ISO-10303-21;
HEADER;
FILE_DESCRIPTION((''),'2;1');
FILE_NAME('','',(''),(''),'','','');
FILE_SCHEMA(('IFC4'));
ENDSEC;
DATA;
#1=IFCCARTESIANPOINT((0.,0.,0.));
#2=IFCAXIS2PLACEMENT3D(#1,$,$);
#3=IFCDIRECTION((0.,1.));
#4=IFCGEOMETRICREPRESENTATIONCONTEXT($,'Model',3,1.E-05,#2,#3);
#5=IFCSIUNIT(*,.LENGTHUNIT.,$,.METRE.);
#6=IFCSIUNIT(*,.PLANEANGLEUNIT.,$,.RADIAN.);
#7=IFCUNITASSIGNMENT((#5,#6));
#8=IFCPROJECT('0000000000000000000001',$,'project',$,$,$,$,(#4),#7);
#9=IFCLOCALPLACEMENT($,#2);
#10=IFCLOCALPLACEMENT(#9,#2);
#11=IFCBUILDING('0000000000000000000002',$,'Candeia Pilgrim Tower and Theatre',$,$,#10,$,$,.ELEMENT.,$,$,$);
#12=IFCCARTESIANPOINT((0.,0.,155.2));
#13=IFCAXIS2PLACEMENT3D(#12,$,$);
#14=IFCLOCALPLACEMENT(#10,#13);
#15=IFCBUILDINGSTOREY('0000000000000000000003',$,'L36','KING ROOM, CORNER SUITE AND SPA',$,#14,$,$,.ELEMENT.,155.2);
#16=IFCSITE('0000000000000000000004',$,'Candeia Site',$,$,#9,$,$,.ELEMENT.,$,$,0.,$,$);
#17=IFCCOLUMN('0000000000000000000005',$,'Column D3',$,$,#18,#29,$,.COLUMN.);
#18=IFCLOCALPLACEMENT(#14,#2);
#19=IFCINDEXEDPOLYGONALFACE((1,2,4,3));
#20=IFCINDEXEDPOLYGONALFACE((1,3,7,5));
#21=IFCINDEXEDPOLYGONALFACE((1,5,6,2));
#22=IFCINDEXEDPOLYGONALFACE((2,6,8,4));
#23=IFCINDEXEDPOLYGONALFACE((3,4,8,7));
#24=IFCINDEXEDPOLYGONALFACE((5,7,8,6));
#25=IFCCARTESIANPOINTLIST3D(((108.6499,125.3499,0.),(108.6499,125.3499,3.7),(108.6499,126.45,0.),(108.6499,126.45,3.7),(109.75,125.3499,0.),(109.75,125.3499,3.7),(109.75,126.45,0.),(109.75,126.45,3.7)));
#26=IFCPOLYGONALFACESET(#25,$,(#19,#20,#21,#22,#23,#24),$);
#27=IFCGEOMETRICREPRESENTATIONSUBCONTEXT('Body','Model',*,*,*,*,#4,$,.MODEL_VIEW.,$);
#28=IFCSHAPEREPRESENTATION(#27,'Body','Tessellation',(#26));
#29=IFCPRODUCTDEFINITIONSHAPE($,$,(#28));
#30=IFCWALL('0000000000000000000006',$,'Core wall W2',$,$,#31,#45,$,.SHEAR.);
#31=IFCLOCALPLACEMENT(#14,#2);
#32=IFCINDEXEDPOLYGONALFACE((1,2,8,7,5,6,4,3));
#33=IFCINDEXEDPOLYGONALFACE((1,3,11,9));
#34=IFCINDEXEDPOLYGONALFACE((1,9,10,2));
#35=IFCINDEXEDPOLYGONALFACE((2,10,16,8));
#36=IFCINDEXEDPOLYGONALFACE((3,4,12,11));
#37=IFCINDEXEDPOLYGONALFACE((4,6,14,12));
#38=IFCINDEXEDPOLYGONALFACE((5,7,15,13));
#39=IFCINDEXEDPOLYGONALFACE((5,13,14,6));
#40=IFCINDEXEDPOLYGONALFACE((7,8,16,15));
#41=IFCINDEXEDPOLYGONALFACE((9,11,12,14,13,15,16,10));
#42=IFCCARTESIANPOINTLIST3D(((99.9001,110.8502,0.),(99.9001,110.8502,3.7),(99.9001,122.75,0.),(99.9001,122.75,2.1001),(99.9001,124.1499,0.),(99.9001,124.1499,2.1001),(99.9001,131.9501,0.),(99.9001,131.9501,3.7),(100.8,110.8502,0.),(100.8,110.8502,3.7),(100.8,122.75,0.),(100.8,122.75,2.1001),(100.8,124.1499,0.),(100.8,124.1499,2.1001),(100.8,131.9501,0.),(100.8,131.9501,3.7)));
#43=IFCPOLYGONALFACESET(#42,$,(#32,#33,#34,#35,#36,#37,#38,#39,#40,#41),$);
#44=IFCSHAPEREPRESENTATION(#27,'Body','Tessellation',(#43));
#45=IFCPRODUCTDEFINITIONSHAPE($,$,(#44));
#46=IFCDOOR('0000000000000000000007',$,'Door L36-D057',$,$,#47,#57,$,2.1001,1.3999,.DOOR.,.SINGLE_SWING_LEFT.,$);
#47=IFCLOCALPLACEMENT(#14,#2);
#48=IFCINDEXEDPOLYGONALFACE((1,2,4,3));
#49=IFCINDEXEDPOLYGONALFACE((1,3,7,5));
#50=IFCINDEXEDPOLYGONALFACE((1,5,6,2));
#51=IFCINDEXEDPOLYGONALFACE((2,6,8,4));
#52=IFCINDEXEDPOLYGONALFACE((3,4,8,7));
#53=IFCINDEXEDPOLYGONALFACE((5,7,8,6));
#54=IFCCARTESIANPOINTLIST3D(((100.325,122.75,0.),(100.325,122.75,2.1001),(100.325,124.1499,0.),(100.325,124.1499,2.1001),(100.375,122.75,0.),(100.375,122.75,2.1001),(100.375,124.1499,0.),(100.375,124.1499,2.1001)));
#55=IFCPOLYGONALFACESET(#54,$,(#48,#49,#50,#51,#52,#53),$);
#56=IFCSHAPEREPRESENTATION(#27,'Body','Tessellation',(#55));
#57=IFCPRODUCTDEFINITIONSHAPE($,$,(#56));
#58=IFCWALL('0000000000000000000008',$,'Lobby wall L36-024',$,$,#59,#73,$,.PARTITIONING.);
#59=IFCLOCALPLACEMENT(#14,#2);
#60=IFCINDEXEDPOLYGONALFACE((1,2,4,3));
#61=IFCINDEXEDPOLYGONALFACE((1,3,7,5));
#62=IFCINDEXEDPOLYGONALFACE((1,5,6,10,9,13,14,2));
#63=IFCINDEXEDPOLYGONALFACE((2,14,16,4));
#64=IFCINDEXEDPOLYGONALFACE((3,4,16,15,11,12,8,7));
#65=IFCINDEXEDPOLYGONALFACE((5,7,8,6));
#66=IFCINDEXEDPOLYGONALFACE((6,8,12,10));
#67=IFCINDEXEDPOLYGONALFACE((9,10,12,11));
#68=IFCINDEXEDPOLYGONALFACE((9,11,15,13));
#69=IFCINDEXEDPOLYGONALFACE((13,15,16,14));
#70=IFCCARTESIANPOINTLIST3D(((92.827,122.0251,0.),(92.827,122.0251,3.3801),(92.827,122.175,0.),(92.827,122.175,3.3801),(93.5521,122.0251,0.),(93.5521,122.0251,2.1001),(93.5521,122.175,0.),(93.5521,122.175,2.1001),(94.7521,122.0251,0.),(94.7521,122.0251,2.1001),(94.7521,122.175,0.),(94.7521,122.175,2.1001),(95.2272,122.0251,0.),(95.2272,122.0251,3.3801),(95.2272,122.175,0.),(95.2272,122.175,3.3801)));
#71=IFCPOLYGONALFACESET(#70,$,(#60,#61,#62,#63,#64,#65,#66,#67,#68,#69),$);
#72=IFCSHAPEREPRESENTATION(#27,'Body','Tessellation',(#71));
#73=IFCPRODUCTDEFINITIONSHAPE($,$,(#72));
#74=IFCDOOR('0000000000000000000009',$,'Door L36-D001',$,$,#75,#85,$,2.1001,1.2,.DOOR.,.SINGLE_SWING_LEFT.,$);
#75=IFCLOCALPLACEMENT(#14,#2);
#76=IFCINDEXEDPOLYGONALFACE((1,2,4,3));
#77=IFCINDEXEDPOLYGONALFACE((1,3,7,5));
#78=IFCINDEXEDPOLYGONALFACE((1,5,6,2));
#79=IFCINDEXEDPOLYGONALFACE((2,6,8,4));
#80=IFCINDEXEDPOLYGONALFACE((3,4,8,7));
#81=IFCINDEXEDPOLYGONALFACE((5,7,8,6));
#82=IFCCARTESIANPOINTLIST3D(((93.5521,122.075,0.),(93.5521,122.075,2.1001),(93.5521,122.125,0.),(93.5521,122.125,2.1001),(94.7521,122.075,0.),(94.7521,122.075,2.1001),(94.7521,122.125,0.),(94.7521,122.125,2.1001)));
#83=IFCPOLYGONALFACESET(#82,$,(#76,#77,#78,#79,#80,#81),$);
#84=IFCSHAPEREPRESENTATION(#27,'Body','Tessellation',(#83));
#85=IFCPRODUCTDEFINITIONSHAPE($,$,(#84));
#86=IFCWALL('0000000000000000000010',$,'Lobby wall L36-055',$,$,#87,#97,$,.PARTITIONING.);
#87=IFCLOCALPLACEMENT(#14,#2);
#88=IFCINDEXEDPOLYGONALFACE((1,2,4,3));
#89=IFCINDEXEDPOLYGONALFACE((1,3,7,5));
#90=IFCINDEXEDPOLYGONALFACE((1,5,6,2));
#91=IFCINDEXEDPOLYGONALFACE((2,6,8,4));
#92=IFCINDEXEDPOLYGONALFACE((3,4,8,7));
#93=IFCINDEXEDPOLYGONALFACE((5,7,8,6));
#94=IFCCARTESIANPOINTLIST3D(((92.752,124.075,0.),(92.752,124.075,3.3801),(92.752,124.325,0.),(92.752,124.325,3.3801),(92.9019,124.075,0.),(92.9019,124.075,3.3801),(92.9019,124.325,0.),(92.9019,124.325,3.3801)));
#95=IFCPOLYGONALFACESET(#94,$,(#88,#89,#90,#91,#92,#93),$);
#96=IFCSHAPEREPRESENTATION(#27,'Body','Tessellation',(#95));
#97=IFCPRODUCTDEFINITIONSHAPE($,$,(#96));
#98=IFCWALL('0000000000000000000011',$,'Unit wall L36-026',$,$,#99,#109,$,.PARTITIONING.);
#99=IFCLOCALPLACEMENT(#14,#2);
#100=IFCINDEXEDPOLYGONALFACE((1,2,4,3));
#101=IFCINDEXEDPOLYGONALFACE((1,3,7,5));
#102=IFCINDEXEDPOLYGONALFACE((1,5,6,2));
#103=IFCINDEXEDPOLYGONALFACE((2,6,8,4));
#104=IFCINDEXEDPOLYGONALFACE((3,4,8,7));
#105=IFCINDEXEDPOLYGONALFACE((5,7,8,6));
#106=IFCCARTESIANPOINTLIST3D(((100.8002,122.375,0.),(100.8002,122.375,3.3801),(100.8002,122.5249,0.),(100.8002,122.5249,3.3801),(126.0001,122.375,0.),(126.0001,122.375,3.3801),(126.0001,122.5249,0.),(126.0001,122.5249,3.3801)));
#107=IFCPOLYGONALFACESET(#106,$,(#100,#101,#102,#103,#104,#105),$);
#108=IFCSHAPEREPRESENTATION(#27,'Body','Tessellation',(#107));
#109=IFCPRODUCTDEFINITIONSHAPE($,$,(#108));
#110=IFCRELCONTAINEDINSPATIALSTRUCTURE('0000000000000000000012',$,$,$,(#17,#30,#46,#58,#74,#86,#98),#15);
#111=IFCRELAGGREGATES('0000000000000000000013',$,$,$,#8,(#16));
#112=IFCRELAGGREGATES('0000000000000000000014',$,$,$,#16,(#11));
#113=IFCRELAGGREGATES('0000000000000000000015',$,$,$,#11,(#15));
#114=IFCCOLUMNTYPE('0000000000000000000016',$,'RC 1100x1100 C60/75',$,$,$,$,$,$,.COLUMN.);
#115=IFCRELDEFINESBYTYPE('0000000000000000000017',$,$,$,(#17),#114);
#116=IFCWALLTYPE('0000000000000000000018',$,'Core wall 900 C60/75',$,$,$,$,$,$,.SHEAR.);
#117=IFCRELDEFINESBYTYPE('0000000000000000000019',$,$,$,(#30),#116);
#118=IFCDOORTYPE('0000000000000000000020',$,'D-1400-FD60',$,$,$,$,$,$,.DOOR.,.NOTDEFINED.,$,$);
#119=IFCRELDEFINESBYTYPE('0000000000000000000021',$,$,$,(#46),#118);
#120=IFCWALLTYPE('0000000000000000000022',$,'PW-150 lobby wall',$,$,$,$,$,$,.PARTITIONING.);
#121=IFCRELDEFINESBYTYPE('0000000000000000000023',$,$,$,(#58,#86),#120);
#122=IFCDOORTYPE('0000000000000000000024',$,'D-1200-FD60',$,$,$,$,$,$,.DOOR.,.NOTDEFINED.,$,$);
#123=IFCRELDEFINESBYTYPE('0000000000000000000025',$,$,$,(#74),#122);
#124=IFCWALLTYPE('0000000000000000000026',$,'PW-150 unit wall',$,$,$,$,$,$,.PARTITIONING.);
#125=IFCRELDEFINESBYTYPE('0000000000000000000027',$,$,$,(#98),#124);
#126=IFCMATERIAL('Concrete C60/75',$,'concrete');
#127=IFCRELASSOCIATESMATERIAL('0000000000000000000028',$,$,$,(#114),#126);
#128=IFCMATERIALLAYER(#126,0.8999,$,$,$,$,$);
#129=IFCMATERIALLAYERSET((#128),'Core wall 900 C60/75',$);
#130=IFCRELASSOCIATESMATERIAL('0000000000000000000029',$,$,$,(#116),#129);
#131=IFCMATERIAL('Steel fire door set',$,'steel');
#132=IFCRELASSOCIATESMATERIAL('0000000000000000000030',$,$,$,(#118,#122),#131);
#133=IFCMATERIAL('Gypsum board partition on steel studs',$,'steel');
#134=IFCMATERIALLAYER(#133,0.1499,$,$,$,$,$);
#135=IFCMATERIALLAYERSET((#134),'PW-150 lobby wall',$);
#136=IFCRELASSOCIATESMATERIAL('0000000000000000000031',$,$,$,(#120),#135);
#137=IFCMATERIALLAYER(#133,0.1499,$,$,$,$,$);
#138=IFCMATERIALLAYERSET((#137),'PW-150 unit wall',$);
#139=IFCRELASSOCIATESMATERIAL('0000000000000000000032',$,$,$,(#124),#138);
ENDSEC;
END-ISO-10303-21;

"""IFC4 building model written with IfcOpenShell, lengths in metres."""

from ifc_helpers import new_model, si_unit, direction, frame, frame_2d, origin, origin_2d, place, context, subcontext, project, spatial, rectangle, extrude, material, layer, layer_set, material_profile, profile_set, type_object, element, fill, save


model = new_model("IFC4")

# Units and contexts
model_context = context("Model", 3, precision=1e-05, world=origin(), true_north=direction((0.0, 1.0)))
body_context = subcontext(model_context, "Body", "Model", "MODEL_VIEW")
ifc_project = project(units=[si_unit("LENGTHUNIT", "METRE"), si_unit("PLANEANGLEUNIT", "RADIAN")], contexts=[model_context])

# Site, building, storey
site_placement = place(None, origin())
site = spatial("IfcSite", under=ifc_project, at=site_placement, Name="Candeia Site", CompositionType="ELEMENT", RefElevation=0.0)
building_placement = place(site_placement, origin())
building = spatial("IfcBuilding", under=site, at=building_placement, Name="Candeia Pilgrim Tower and Theatre", CompositionType="ELEMENT")
storey_placement = place(building_placement, frame((0.0, 0.0, 155.2)))
storey = spatial("IfcBuildingStorey", under=building, at=storey_placement, Name="L36", Description="KING ROOM, CORNER SUITE AND SPA", CompositionType="ELEMENT", Elevation=155.2)

# Column
ifc_material_1 = material(Name="Concrete C60/75", Category="concrete")
ifc_material_profile = material_profile(ifc_material_1, rectangle(XDim=1.1001, YDim=1.1001, at=origin_2d()))
ifc_profile_set = profile_set([ifc_material_profile], Name="Concrete C60/75")
column_type = type_object("IfcColumnType", Name="RC 1100x1100 C60/75", PredefinedType="COLUMN", material=ifc_profile_set)
column_placement = place(storey_placement, frame((109.2, 125.8999, 0.0), z_axis=(0.0, 0.0, 1.0), x_axis=(1.0, 0.0, 0.0)))
element("IfcColumn", 1, at=column_placement, inside=storey, type_object=column_type, Name="Column D3", PredefinedType="COLUMN", context=body_context, shape_type="SweptSolid", body=[
    extrude(rectangle(XDim=1.1001, YDim=1.1001, at=origin_2d()), origin(), (0.0, 0.0, 1.0), 3.7),
])

# Walls, openings, doors
ifc_layer_1 = layer(ifc_material_1, 0.8999)
ifc_layer_set_1 = layer_set([ifc_layer_1], Name="Core wall 900 C60/75")
wall_type_1 = type_object("IfcWallType", Name="Core wall 900 C60/75", PredefinedType="SHEAR", material=ifc_layer_set_1)
wall_1_placement = place(storey_placement, frame((100.3501, 131.95, 0.0), z_axis=(0.0, 0.0, 1.0), x_axis=(0.0, -1.0, 0.0)))
wall_1 = element("IfcWall", 2, at=wall_1_placement, inside=storey, type_object=wall_type_1, Name="Core wall W2", PredefinedType="SHEAR", context=body_context, shape_type="SweptSolid", body=[
    extrude(rectangle(XDim=21.0999, YDim=0.8999, at=frame_2d((10.5498, 0.0))), origin(), (0.0, 0.0, 1.0), 3.7),
])
opening_1_placement = place(wall_1_placement, frame((7.8, 0.0, 0.0)))
opening_1 = element("IfcOpeningElement", 3, at=opening_1_placement, cuts=wall_1, PredefinedType="OPENING", context=body_context, shape_type="SweptSolid", body=[
    extrude(rectangle(XDim=1.3999, YDim=2.1001, at=frame_2d((0.7, 1.05))), frame((0.0, 0.46, 0.0), z_axis=(0.0, -1.0, 0.0), x_axis=(1.0, 0.0, 0.0)), (0.0, 0.0, 1.0), 0.9199),
])
ifc_material_2 = material(Name="Steel fire door set", Category="steel")
door_type_1 = type_object("IfcDoorType", Name="D-1400-FD60", OperationType="NOTDEFINED", PredefinedType="DOOR", material=ifc_material_2)
door_1_placement = place(opening_1_placement, origin())
door_1 = element("IfcDoor", 4, at=door_1_placement, inside=storey, type_object=door_type_1, Name="Door L36-D057", OperationType="SINGLE_SWING_LEFT", OverallHeight=2.1001, OverallWidth=1.3999, PredefinedType="DOOR", context=body_context, shape_type="SweptSolid", body=[
    extrude(rectangle(XDim=1.3999, YDim=2.1001, at=frame_2d((0.7, 1.05))), frame((0.0, 0.0249, 0.0), z_axis=(0.0, -1.0, 0.0), x_axis=(1.0, 0.0, 0.0)), (0.0, 0.0, 1.0), 0.05),
])
fill(opening_1, door_1)
ifc_material_3 = material(Name="Gypsum board partition on steel studs", Category="steel")
ifc_layer_2 = layer(ifc_material_3, 0.1499)
ifc_layer_set_2 = layer_set([ifc_layer_2], Name="PW-150 lobby wall")
wall_type_2 = type_object("IfcWallType", Name="PW-150 lobby wall", PredefinedType="PARTITIONING", material=ifc_layer_set_2)
wall_2_placement = place(storey_placement, frame((92.8269, 122.1001, 0.0), z_axis=(0.0, 0.0, 1.0), x_axis=(1.0, 0.0, 0.0)))
wall_2 = element("IfcWall", 5, at=wall_2_placement, inside=storey, type_object=wall_type_2, Name="Lobby wall L36-024", PredefinedType="PARTITIONING", context=body_context, shape_type="SweptSolid", body=[
    extrude(rectangle(XDim=2.4001, YDim=0.1499, at=frame_2d((1.2002, 0.0))), origin(), (0.0, 0.0, 1.0), 3.3801),
])
opening_2_placement = place(wall_2_placement, frame((0.7251, 0.0, 0.0)))
opening_2 = element("IfcOpeningElement", 6, at=opening_2_placement, cuts=wall_2, PredefinedType="OPENING", context=body_context, shape_type="SweptSolid", body=[
    extrude(rectangle(XDim=1.2, YDim=2.1001, at=frame_2d((0.6001, 1.05))), frame((0.0, 0.085, 0.0), z_axis=(0.0, -1.0, 0.0), x_axis=(1.0, 0.0, 0.0)), (0.0, 0.0, 1.0), 0.1699),
])
door_type_2 = type_object("IfcDoorType", Name="D-1200-FD60", OperationType="NOTDEFINED", PredefinedType="DOOR", material=ifc_material_2)
door_2_placement = place(opening_2_placement, origin())
door_2 = element("IfcDoor", 7, at=door_2_placement, inside=storey, type_object=door_type_2, Name="Door L36-D001", OperationType="SINGLE_SWING_LEFT", OverallHeight=2.1001, OverallWidth=1.2, PredefinedType="DOOR", context=body_context, shape_type="SweptSolid", body=[
    extrude(rectangle(XDim=1.2, YDim=2.1001, at=frame_2d((0.6001, 1.05))), frame((0.0, 0.0249, 0.0), z_axis=(0.0, -1.0, 0.0), x_axis=(1.0, 0.0, 0.0)), (0.0, 0.0, 1.0), 0.05),
])
fill(opening_2, door_2)

# Walls
wall_3_placement = place(storey_placement, frame((92.8269, 124.075, 0.0), z_axis=(0.0, 0.0, 1.0), x_axis=(0.0, 1.0, 0.0)))
element("IfcWall", 8, at=wall_3_placement, inside=storey, type_object=wall_type_2, Name="Lobby wall L36-055", PredefinedType="PARTITIONING", context=body_context, shape_type="SweptSolid", body=[
    extrude(rectangle(XDim=0.25, YDim=0.1499, at=frame_2d((0.125, 0.0))), origin(), (0.0, 0.0, 1.0), 3.3801),
])
ifc_layer_3 = layer(ifc_material_3, 0.1499)
ifc_layer_set_3 = layer_set([ifc_layer_3], Name="PW-150 unit wall")
wall_type_3 = type_object("IfcWallType", Name="PW-150 unit wall", PredefinedType="PARTITIONING", material=ifc_layer_set_3)
wall_4_placement = place(storey_placement, frame((100.8, 122.45, 0.0), z_axis=(0.0, 0.0, 1.0), x_axis=(1.0, 0.0, 0.0)))
element("IfcWall", 9, at=wall_4_placement, inside=storey, type_object=wall_type_3, Name="Unit wall L36-026", PredefinedType="PARTITIONING", context=body_context, shape_type="SweptSolid", body=[
    extrude(rectangle(XDim=25.2, YDim=0.1499, at=frame_2d((12.6001, 0.0))), origin(), (0.0, 0.0, 1.0), 3.3801),
])

save(model, "model.ifc")
